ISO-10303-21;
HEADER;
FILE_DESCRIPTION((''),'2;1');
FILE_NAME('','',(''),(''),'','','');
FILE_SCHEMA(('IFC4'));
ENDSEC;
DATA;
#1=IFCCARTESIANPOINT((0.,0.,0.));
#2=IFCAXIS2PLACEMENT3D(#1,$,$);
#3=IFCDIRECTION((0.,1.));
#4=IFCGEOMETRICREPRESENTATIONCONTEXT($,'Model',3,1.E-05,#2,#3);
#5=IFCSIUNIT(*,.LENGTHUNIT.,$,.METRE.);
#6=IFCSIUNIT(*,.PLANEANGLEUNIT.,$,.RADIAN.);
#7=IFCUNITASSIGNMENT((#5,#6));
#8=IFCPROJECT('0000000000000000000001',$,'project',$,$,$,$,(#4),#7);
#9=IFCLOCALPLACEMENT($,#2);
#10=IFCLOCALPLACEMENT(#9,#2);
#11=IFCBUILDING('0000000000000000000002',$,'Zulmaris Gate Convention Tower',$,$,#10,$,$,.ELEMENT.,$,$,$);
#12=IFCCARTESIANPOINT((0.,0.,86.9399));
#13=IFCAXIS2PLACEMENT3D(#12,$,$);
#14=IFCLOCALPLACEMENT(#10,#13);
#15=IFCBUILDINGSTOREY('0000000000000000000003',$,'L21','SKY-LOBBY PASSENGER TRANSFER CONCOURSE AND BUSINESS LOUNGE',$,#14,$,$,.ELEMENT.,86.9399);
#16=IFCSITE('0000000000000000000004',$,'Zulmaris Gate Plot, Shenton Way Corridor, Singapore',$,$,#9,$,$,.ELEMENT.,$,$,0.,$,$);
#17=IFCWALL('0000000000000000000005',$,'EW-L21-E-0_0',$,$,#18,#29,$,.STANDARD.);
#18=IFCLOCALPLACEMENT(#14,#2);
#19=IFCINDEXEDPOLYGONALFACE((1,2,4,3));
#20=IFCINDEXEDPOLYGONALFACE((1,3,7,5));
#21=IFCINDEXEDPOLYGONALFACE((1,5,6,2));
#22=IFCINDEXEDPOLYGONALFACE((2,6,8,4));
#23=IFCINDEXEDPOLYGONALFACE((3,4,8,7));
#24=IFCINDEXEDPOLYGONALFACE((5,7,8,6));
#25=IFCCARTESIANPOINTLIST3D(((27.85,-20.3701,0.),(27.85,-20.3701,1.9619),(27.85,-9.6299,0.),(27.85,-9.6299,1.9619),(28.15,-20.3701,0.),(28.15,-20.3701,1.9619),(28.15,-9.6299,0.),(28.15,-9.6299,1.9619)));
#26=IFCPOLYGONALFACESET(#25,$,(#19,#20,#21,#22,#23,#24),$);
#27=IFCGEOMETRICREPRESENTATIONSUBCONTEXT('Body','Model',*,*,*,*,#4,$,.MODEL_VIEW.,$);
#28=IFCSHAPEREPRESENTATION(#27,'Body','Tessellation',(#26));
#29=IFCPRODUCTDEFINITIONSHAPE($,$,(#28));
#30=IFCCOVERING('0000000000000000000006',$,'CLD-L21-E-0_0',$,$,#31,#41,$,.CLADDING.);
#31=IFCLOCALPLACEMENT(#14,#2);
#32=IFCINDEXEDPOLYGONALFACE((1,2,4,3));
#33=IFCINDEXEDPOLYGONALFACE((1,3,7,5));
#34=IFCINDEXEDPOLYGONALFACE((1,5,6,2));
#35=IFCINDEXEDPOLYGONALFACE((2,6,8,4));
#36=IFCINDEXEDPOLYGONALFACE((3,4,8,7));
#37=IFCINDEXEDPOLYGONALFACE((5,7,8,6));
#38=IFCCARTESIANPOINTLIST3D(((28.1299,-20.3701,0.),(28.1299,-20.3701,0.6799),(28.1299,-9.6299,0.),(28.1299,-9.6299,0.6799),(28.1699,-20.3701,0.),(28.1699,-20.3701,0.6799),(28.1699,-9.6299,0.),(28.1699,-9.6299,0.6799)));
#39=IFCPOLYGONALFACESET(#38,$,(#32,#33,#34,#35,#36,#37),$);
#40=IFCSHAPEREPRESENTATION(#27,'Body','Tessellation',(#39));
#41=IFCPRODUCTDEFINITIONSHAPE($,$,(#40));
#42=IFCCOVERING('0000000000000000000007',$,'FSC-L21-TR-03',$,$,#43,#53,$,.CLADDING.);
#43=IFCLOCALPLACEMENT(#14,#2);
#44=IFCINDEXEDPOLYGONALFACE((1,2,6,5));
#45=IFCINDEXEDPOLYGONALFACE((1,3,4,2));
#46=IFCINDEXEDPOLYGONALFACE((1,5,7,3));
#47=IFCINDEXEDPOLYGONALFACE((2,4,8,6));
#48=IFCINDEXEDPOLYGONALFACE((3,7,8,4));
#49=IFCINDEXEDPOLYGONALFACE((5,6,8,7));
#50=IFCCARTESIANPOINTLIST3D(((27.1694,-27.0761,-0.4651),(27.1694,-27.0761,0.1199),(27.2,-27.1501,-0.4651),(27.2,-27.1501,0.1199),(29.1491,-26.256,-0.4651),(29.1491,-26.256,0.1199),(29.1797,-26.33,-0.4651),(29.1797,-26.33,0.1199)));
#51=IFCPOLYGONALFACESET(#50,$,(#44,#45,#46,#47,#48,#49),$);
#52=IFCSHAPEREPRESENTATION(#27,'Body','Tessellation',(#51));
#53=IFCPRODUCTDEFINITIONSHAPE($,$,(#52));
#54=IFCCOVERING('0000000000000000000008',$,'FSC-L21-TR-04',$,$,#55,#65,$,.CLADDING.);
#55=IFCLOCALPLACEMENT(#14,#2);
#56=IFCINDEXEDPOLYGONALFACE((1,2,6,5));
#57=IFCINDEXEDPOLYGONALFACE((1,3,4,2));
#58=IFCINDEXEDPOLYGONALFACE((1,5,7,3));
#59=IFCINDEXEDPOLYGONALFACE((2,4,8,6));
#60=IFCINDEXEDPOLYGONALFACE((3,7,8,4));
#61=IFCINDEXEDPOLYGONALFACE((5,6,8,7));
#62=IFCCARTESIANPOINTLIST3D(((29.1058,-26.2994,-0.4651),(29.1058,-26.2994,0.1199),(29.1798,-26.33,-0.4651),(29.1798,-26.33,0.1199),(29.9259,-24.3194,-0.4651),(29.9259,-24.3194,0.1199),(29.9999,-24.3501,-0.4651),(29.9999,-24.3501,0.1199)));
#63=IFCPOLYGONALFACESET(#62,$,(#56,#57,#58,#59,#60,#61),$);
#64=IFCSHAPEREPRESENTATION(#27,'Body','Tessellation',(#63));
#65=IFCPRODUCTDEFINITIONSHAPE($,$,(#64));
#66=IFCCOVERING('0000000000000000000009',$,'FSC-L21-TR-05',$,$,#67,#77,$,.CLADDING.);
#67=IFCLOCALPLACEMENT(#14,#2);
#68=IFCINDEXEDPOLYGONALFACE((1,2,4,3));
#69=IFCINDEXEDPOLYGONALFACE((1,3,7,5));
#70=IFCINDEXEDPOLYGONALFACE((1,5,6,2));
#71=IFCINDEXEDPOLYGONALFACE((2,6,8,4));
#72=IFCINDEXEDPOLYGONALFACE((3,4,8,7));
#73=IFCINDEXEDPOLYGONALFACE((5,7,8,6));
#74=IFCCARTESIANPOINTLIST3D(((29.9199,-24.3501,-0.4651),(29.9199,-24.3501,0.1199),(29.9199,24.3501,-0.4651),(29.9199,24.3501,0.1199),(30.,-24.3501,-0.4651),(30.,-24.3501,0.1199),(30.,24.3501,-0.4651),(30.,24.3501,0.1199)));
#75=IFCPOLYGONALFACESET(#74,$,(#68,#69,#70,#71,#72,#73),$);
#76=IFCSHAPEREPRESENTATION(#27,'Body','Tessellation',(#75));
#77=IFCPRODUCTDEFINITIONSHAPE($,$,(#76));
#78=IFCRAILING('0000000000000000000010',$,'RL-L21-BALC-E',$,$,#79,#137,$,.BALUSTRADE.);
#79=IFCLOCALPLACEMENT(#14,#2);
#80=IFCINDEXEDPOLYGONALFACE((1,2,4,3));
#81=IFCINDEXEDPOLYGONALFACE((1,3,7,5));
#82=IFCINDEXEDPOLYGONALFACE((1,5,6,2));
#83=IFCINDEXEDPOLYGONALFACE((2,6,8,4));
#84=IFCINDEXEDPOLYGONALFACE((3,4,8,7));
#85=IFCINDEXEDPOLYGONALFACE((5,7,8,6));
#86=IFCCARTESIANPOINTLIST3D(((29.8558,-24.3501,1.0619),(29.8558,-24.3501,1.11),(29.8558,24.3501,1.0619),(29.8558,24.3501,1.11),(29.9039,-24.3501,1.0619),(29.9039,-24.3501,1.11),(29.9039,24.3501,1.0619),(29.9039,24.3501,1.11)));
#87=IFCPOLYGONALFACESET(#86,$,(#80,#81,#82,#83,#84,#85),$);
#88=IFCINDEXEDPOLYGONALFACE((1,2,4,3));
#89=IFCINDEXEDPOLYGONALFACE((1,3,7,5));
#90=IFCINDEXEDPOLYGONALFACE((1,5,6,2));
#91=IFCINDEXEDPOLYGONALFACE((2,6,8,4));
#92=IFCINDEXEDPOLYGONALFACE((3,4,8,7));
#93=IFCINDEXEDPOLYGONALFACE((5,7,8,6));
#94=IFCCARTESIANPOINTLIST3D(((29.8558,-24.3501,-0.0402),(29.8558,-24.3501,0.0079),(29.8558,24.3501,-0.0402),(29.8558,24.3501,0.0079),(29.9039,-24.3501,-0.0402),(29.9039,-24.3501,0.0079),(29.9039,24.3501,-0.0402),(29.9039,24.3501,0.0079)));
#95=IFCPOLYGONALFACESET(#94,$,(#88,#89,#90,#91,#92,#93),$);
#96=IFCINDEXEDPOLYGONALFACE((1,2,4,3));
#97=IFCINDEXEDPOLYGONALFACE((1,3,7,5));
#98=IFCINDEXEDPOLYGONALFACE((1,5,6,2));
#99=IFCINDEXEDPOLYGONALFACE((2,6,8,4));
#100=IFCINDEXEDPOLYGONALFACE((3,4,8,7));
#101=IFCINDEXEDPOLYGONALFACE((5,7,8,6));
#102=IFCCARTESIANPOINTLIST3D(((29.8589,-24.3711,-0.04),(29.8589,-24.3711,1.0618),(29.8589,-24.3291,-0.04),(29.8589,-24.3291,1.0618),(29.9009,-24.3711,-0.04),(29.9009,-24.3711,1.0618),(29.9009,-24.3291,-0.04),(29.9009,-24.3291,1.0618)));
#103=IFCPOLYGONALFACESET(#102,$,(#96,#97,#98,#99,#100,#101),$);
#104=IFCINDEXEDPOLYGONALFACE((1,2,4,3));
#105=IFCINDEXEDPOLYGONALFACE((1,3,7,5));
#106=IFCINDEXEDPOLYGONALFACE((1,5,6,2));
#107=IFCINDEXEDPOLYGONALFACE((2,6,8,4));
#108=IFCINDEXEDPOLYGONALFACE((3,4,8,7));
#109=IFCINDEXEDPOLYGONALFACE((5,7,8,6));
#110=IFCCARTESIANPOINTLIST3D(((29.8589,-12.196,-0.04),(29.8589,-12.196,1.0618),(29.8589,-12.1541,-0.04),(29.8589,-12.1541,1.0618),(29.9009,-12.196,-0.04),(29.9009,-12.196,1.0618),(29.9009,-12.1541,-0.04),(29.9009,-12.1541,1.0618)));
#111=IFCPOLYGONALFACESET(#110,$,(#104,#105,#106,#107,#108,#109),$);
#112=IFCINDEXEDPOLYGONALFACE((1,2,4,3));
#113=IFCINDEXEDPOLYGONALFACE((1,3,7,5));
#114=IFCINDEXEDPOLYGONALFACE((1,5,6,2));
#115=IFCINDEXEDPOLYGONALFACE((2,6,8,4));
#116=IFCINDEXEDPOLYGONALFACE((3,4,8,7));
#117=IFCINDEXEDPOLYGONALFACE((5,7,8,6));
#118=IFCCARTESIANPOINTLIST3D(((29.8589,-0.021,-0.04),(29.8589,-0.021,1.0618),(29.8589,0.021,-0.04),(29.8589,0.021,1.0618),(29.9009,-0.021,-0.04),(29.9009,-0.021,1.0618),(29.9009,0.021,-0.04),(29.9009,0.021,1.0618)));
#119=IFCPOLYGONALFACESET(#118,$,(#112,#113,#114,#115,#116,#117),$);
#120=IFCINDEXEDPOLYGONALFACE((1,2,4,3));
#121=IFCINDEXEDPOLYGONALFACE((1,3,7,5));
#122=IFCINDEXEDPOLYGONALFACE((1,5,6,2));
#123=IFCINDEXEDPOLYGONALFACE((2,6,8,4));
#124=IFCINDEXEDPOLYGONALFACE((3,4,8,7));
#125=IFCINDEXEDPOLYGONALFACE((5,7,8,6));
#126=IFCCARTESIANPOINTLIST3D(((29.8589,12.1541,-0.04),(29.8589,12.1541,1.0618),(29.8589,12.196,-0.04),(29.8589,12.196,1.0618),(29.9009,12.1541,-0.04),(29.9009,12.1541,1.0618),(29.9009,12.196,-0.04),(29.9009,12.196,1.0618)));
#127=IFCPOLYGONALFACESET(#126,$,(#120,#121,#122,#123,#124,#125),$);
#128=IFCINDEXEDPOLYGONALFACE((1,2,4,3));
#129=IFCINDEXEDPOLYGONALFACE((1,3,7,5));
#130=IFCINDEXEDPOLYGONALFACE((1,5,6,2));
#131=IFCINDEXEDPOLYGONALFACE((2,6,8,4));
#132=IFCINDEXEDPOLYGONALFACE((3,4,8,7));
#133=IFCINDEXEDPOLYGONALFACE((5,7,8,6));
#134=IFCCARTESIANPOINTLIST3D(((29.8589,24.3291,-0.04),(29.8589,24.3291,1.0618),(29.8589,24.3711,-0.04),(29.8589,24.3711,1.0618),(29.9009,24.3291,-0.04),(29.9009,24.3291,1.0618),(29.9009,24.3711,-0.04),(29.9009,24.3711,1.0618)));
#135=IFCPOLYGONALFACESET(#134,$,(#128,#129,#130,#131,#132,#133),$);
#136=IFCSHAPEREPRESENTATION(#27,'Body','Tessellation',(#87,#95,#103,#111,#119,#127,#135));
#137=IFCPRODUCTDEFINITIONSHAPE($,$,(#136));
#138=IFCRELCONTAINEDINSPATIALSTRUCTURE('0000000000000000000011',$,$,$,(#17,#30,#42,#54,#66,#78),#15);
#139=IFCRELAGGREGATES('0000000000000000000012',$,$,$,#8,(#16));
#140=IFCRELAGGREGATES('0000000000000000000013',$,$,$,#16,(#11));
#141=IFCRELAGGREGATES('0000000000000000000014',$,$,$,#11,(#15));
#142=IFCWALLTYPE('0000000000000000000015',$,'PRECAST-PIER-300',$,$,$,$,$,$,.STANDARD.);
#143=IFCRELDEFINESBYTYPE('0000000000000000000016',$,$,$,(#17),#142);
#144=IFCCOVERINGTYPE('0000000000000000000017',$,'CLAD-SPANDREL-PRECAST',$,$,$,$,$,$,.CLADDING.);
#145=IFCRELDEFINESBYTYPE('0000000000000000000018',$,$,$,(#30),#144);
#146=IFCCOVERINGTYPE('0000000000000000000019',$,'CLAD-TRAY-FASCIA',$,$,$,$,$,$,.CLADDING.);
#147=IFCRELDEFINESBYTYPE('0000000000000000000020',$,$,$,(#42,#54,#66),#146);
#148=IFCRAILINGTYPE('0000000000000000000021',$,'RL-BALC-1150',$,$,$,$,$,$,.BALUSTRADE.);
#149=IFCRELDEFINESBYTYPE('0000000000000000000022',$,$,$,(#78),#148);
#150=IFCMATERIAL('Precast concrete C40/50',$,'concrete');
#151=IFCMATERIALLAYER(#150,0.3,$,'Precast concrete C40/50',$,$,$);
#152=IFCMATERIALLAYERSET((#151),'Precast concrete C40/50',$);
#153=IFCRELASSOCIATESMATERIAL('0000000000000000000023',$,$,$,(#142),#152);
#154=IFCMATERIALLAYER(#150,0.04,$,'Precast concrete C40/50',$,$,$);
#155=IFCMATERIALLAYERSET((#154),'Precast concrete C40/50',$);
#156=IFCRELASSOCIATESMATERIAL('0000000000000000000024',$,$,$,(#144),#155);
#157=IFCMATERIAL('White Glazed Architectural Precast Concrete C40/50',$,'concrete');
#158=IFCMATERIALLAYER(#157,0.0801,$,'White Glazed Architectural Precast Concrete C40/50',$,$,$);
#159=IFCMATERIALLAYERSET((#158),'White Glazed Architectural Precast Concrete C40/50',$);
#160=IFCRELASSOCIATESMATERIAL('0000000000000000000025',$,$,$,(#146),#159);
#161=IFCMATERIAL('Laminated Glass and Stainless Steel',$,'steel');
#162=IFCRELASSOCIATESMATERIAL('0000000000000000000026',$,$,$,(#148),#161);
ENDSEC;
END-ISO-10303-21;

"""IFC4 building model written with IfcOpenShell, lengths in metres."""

from ifc_helpers import new_model, si_unit, direction, frame, frame_2d, origin, origin_2d, place, context, subcontext, project, spatial, rectangle, extrude, material, layer, layer_set, type_object, element, save


model = new_model("IFC4")

# Units and contexts
model_context = context("Model", 3, precision=1e-05, world=origin(), true_north=direction((0.0, 1.0)))
body_context = subcontext(model_context, "Body", "Model", "MODEL_VIEW")
ifc_project = project(units=[si_unit("LENGTHUNIT", "METRE"), si_unit("PLANEANGLEUNIT", "RADIAN")], contexts=[model_context])

# Site, building, storey
site_placement = place(None, origin())
site = spatial("IfcSite", under=ifc_project, at=site_placement, Name="Zulmaris Gate Plot, Shenton Way Corridor, Singapore", CompositionType="ELEMENT", RefElevation=0.0)
building_placement = place(site_placement, origin())
building = spatial("IfcBuilding", under=site, at=building_placement, Name="Zulmaris Gate Convention Tower", CompositionType="ELEMENT")
storey_placement = place(building_placement, frame((0.0, 0.0, 86.9399)))
storey = spatial("IfcBuildingStorey", under=building, at=storey_placement, Name="L21", Description="SKY-LOBBY PASSENGER TRANSFER CONCOURSE AND BUSINESS LOUNGE", CompositionType="ELEMENT", Elevation=86.9399)

# Wall
ifc_material_1 = material(Name="Precast concrete C40/50", Category="concrete")
ifc_layer_1 = layer(ifc_material_1, 0.3, Name="Precast concrete C40/50")
ifc_layer_set_1 = layer_set([ifc_layer_1], Name="Precast concrete C40/50")
wall_type_1 = type_object("IfcWallType", Name="PRECAST-PIER-300", PredefinedType="STANDARD", material=ifc_layer_set_1)
wall_1_placement = place(storey_placement, frame((28.0, -20.3701, 0.0), z_axis=(0.0, 0.0, 1.0), x_axis=(0.0, 1.0, 0.0)))
element("IfcWall", 1, at=wall_1_placement, inside=storey, type_object=wall_type_1, Name="EW-L21-E-0_0", PredefinedType="STANDARD", context=body_context, shape_type="SweptSolid", body=[
    extrude(rectangle(XDim=10.7402, YDim=0.3, at=frame_2d((5.3701, 0.0))), origin(), (0.0, 0.0, 1.0), 1.9619),
])

# Coverings
ifc_layer_2 = layer(ifc_material_1, 0.04, Name="Precast concrete C40/50")
ifc_layer_set_2 = layer_set([ifc_layer_2], Name="Precast concrete C40/50")
covering_type_1 = type_object("IfcCoveringType", Name="CLAD-SPANDREL-PRECAST", PredefinedType="CLADDING", material=ifc_layer_set_2)
covering_1_placement = place(storey_placement, frame((28.1499, -20.3701, 0.0), z_axis=(0.0, 0.0, 1.0), x_axis=(0.0, 1.0, 0.0)))
element("IfcCovering", 2, at=covering_1_placement, inside=storey, type_object=covering_type_1, Name="CLD-L21-E-0_0", PredefinedType="CLADDING", context=body_context, shape_type="SweptSolid", body=[
    extrude(rectangle(XDim=10.7402, YDim=0.04, at=frame_2d((5.3701, 0.0))), origin(), (0.0, 0.0, 1.0), 0.6799),
])
ifc_material_2 = material(Name="White Glazed Architectural Precast Concrete C40/50", Category="concrete")
ifc_layer_3 = layer(ifc_material_2, 0.0801, Name="White Glazed Architectural Precast Concrete C40/50")
ifc_layer_set_3 = layer_set([ifc_layer_3], Name="White Glazed Architectural Precast Concrete C40/50")
covering_type_2 = type_object("IfcCoveringType", Name="CLAD-TRAY-FASCIA", PredefinedType="CLADDING", material=ifc_layer_set_3)
covering_2_placement = place(storey_placement, frame((27.1848, -27.113, -0.4651), z_axis=(0.0, 0.0, 1.0), x_axis=(0.923874, 0.382697, 0.0)))
element("IfcCovering", 3, at=covering_2_placement, inside=storey, type_object=covering_type_2, Name="FSC-L21-TR-03", PredefinedType="CLADDING", context=body_context, shape_type="SweptSolid", body=[
    extrude(rectangle(XDim=2.1428, YDim=0.0801, at=frame_2d((1.0713, 0.0))), origin(), (0.0, 0.0, 1.0), 0.585),
])
covering_3_placement = place(storey_placement, frame((29.1428, -26.3147, -0.4651), z_axis=(0.0, 0.0, 1.0), x_axis=(0.382657, 0.92389, 0.0)))
element("IfcCovering", 4, at=covering_3_placement, inside=storey, type_object=covering_type_2, Name="FSC-L21-TR-04", PredefinedType="CLADDING", context=body_context, shape_type="SweptSolid", body=[
    extrude(rectangle(XDim=2.1431, YDim=0.0801, at=frame_2d((1.0715, 0.0))), origin(), (0.0, 0.0, 1.0), 0.585),
])
covering_4_placement = place(storey_placement, frame((29.96, -24.3501, -0.4651), z_axis=(0.0, 0.0, 1.0), x_axis=(0.0, 1.0, 0.0)))
element("IfcCovering", 5, at=covering_4_placement, inside=storey, type_object=covering_type_2, Name="FSC-L21-TR-05", PredefinedType="CLADDING", context=body_context, shape_type="SweptSolid", body=[
    extrude(rectangle(XDim=48.7002, YDim=0.0801, at=frame_2d((24.3501, 0.0))), origin(), (0.0, 0.0, 1.0), 0.585),
])

# Railing
ifc_material_3 = material(Name="Laminated Glass and Stainless Steel", Category="steel")
railing_type = type_object("IfcRailingType", Name="RL-BALC-1150", PredefinedType="BALUSTRADE", material=ifc_material_3)
railing_placement = place(storey_placement, frame((29.8799, -24.3501, -0.04)))
element("IfcRailing", 6, at=railing_placement, inside=storey, type_object=railing_type, Name="RL-L21-BALC-E", PredefinedType="BALUSTRADE", context=body_context, shape_type="SweptSolid", body=[
    extrude(rectangle(XDim=0.0481, YDim=0.0481, at=origin_2d()), frame((0.0, 0.0, 1.126), z_axis=(0.0, 1.0, 0.0), x_axis=(-1.0, 0.0, 0.0)), (0.0, 0.0, 1.0), 48.7002),
    extrude(rectangle(XDim=0.0481, YDim=0.0481, at=origin_2d()), frame((0.0, 0.0, 0.0239), z_axis=(0.0, 1.0, 0.0), x_axis=(-1.0, 0.0, 0.0)), (0.0, 0.0, 1.0), 48.7002),
    extrude(rectangle(XDim=0.042, YDim=0.042, at=origin_2d()), origin(), (0.0, 0.0, 1.0), 1.1018),
    extrude(rectangle(XDim=0.042, YDim=0.042, at=origin_2d()), frame((0.0, 12.175, 0.0)), (0.0, 0.0, 1.0), 1.1018),
    extrude(rectangle(XDim=0.042, YDim=0.042, at=origin_2d()), frame((0.0, 24.3501, 0.0)), (0.0, 0.0, 1.0), 1.1018),
    extrude(rectangle(XDim=0.042, YDim=0.042, at=origin_2d()), frame((0.0, 36.5251, 0.0)), (0.0, 0.0, 1.0), 1.1018),
    extrude(rectangle(XDim=0.042, YDim=0.042, at=origin_2d()), frame((0.0, 48.7002, 0.0)), (0.0, 0.0, 1.0), 1.1018),
])

save(model, "model.ifc")
